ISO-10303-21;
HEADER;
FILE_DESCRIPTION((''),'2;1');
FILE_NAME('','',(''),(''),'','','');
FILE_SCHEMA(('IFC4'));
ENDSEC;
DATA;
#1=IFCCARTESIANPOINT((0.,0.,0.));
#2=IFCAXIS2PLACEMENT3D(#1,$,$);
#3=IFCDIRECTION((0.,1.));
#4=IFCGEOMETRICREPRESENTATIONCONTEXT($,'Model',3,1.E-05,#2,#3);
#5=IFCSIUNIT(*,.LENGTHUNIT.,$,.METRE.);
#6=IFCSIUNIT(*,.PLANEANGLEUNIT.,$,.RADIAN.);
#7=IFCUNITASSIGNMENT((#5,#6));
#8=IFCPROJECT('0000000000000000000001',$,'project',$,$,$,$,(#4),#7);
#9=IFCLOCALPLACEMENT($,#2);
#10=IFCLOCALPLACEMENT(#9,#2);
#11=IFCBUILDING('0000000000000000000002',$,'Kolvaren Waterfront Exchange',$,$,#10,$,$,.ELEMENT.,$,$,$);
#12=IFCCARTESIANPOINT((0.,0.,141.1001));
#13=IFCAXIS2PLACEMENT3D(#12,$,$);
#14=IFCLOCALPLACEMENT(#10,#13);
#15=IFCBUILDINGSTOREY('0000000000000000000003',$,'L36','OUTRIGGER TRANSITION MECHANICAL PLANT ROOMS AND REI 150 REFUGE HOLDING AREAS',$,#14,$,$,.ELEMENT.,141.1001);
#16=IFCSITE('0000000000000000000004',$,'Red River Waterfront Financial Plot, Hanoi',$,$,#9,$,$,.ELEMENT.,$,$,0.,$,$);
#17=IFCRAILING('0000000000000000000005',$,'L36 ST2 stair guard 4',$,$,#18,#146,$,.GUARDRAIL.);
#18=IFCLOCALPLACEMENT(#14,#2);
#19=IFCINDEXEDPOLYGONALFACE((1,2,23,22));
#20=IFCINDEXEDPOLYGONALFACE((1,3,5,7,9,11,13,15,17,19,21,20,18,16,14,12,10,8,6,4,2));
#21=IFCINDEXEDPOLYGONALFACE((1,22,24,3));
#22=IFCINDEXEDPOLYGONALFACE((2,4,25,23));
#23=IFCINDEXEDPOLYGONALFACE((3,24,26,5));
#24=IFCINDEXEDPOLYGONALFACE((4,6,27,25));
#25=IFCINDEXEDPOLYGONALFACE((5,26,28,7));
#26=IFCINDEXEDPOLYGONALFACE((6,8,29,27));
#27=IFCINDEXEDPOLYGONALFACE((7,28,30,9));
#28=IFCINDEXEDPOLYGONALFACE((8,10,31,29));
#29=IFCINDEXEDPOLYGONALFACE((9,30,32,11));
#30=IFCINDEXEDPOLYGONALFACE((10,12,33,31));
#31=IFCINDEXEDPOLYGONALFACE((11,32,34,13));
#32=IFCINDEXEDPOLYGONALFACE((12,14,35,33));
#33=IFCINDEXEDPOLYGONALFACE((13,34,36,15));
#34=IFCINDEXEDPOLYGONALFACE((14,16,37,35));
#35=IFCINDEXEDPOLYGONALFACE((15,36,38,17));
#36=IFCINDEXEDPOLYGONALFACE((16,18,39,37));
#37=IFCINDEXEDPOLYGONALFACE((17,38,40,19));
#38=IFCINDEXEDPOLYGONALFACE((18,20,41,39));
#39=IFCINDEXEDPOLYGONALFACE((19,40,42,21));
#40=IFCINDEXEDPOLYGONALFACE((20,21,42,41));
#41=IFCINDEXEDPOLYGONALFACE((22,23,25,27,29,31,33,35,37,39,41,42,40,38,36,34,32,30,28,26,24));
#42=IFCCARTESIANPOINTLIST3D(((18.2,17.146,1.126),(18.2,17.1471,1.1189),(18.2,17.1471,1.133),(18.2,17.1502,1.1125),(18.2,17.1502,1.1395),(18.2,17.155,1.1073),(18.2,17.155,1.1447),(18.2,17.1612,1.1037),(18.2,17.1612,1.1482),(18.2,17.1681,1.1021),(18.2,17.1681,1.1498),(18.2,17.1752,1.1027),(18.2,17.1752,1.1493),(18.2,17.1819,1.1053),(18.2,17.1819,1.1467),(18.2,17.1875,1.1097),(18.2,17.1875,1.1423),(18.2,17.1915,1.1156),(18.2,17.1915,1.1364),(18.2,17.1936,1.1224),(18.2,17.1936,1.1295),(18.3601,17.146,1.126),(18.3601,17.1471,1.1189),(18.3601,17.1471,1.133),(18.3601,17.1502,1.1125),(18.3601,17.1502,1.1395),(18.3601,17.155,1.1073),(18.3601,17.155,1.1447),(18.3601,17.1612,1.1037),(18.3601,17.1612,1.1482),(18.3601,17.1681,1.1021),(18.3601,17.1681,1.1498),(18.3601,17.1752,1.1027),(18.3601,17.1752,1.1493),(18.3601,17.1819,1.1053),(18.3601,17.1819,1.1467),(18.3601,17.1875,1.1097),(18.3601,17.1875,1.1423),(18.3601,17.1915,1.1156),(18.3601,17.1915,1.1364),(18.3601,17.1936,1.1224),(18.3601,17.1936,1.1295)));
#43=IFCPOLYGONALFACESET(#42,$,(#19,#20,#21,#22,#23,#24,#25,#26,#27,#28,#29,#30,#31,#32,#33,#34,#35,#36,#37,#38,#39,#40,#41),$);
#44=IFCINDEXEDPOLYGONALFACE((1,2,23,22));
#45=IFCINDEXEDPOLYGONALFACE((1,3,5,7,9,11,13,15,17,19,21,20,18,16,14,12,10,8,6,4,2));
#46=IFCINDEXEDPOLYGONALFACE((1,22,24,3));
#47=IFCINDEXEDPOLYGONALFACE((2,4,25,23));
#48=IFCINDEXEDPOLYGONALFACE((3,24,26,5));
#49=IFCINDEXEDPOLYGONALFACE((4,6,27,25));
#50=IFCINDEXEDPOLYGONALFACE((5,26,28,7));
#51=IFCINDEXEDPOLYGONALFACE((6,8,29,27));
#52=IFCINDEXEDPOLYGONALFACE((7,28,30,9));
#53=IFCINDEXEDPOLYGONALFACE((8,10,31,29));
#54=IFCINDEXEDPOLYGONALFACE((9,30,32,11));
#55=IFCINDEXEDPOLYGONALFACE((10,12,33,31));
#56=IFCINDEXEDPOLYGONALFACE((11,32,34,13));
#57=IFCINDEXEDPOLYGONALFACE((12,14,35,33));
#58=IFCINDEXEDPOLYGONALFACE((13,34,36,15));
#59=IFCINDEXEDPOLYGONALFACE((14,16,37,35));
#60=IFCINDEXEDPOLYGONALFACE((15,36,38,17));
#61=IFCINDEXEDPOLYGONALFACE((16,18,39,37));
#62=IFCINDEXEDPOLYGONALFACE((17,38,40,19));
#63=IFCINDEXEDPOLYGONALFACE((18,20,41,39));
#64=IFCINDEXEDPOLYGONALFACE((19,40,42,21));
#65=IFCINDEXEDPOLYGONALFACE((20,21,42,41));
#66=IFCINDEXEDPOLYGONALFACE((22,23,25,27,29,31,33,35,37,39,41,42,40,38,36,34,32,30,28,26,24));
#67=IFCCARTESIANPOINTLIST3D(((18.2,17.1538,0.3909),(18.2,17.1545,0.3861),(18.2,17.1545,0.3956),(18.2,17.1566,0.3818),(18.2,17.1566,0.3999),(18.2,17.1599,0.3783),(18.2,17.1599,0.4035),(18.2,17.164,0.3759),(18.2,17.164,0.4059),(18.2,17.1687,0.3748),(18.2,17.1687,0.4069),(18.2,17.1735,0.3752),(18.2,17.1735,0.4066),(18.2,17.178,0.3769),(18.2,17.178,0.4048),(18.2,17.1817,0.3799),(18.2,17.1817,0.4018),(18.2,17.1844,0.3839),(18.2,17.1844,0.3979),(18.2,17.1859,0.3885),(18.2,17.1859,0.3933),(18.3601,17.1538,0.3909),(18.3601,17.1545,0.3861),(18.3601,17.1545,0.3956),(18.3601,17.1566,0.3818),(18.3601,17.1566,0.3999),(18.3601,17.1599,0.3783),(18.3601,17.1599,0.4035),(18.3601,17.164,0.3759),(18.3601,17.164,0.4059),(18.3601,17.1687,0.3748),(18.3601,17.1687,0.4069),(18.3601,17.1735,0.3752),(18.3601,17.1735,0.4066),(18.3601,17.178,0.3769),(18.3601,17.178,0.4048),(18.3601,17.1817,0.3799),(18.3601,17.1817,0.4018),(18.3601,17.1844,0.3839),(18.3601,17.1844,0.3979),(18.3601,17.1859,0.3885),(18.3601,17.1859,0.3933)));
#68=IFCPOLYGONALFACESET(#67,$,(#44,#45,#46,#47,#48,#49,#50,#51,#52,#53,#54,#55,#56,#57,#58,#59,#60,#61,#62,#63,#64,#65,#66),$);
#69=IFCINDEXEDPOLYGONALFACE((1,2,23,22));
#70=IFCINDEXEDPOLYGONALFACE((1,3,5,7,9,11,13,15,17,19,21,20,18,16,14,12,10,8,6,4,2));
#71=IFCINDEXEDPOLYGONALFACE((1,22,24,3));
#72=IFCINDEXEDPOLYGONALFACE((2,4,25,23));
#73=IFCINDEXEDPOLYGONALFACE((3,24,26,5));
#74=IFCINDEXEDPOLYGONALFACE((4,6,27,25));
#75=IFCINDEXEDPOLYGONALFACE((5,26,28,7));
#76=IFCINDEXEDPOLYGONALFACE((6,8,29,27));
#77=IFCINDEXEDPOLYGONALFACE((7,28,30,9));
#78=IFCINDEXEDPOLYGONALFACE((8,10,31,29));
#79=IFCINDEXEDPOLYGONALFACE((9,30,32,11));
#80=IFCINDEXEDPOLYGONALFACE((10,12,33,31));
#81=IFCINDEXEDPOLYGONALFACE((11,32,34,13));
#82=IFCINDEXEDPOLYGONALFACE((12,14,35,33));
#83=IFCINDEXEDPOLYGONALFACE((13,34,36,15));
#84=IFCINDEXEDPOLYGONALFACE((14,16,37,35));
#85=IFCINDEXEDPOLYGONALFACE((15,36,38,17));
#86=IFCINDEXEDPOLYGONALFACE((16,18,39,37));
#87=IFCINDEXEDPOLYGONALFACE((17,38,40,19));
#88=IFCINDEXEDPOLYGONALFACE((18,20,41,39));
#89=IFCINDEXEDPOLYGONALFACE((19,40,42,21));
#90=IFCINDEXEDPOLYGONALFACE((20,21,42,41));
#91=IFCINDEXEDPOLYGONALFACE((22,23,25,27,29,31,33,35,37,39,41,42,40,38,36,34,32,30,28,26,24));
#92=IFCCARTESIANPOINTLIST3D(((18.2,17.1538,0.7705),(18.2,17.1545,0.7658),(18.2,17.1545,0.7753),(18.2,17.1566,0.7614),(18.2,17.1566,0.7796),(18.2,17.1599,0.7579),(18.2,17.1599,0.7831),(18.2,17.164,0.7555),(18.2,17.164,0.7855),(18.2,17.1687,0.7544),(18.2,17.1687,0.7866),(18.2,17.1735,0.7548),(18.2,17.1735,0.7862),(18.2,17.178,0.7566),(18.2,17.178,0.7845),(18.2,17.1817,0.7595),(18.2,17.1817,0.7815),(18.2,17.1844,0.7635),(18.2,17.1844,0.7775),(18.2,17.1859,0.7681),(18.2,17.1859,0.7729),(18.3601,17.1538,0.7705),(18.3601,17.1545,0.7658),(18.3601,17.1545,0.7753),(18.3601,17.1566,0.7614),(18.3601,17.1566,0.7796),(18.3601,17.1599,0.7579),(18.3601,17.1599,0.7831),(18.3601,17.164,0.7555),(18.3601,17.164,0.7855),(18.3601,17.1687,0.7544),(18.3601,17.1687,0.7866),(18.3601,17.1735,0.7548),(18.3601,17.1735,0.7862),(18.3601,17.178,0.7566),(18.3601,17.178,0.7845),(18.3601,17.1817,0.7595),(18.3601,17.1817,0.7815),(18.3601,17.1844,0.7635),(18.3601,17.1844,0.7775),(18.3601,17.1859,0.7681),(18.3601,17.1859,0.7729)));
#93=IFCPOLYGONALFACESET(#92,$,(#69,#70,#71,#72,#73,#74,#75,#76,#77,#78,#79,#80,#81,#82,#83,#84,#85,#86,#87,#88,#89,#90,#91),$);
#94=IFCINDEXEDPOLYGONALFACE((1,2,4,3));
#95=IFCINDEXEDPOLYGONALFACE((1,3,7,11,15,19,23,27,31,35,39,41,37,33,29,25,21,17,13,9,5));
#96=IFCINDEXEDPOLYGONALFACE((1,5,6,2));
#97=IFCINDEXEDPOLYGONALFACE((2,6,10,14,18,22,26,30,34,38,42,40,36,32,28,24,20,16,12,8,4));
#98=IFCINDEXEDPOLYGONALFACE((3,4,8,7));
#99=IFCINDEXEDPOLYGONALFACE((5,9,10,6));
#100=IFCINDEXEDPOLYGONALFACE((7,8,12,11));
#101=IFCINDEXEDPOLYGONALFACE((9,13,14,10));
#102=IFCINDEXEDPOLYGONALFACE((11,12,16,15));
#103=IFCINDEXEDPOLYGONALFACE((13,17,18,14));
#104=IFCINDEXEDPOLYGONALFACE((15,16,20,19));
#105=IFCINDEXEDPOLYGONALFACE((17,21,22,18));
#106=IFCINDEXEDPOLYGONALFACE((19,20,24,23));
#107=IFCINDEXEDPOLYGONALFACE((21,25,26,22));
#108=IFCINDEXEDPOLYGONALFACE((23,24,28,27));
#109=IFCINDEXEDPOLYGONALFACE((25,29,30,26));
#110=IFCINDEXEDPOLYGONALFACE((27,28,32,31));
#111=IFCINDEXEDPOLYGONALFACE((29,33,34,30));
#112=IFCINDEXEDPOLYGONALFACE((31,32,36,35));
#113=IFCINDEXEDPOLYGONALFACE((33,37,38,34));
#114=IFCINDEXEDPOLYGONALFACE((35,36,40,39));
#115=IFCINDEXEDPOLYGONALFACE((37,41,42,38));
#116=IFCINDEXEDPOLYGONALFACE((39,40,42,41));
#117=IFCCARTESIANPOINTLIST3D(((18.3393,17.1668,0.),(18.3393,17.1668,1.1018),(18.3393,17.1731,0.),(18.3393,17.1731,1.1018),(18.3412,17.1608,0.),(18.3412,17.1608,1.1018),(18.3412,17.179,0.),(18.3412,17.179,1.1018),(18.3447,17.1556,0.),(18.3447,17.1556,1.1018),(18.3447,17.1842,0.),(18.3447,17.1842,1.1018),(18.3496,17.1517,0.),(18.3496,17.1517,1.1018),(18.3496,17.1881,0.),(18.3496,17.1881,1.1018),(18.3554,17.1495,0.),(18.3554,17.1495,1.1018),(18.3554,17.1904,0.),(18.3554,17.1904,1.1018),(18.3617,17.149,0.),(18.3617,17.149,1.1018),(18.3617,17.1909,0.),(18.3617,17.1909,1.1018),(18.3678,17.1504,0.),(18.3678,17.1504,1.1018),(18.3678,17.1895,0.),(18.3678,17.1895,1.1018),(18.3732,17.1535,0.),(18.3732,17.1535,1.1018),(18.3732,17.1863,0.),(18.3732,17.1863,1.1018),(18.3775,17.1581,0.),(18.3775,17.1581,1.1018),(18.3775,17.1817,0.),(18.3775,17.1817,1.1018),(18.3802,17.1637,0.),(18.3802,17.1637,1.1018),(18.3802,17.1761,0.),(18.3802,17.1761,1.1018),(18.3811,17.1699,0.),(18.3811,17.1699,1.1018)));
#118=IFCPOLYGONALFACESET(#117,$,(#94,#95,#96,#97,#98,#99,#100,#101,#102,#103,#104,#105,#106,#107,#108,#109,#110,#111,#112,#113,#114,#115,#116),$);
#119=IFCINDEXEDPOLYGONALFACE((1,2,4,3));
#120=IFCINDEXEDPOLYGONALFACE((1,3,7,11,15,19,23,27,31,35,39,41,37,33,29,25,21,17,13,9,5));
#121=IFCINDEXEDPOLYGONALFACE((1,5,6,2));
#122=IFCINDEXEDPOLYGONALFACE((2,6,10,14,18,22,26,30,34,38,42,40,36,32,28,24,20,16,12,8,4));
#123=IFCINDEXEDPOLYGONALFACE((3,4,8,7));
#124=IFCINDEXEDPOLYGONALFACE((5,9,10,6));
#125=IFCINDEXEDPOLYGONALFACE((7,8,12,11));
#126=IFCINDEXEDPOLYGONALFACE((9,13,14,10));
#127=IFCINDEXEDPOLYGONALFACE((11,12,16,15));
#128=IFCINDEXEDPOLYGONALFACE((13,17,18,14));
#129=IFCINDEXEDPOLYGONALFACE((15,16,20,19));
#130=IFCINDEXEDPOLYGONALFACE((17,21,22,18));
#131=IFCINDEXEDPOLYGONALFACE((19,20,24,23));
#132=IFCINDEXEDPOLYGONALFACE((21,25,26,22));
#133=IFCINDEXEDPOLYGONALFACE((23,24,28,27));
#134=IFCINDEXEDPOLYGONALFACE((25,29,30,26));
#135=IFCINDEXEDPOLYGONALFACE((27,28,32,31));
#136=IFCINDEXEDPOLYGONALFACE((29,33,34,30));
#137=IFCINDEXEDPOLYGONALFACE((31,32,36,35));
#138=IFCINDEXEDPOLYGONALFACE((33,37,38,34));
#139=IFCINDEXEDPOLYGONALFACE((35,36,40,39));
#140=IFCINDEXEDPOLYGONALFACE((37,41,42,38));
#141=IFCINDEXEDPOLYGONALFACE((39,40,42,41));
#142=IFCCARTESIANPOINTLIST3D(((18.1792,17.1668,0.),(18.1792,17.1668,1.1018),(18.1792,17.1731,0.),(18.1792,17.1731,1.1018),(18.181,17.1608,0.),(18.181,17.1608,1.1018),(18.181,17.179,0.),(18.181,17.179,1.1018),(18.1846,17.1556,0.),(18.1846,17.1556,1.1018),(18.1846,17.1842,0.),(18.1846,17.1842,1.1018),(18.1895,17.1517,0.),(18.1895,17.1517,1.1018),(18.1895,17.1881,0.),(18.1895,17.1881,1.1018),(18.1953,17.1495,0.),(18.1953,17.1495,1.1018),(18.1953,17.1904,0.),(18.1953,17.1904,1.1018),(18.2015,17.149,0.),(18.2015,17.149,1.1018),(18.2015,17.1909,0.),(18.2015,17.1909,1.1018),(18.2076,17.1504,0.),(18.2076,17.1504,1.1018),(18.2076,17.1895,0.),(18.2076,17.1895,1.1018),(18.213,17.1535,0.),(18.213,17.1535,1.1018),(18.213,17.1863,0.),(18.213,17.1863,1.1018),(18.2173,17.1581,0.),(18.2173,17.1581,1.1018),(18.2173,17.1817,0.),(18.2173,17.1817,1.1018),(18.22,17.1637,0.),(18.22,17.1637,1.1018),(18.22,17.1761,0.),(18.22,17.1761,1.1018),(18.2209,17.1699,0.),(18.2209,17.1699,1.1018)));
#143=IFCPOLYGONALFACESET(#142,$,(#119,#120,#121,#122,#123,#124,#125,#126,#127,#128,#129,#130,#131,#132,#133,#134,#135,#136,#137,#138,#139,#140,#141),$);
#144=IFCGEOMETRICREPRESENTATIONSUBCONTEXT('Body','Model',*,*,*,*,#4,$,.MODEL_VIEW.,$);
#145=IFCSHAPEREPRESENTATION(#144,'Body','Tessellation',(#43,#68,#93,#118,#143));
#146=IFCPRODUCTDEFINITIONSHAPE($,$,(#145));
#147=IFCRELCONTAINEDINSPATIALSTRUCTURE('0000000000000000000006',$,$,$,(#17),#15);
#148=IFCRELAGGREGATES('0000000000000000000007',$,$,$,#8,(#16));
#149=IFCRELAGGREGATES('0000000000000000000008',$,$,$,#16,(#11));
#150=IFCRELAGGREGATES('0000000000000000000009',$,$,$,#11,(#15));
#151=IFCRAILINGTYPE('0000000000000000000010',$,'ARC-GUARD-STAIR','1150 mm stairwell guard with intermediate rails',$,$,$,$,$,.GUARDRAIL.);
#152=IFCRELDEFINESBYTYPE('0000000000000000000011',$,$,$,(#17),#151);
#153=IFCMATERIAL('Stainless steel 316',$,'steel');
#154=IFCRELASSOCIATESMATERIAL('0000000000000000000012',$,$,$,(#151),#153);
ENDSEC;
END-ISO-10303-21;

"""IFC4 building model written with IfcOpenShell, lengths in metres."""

from ifc_helpers import new_model, si_unit, direction, frame, origin, origin_2d, place, context, subcontext, project, spatial, circle, extrude, material, type_object, element, save


model = new_model("IFC4")

# Units and contexts
model_context = context("Model", 3, precision=1e-05, world=origin(), true_north=direction((0.0, 1.0)))
body_context = subcontext(model_context, "Body", "Model", "MODEL_VIEW")
ifc_project = project(units=[si_unit("LENGTHUNIT", "METRE"), si_unit("PLANEANGLEUNIT", "RADIAN")], contexts=[model_context])

# Site, building, storey
site_placement = place(None, origin())
site = spatial("IfcSite", under=ifc_project, at=site_placement, Name="Red River Waterfront Financial Plot, Hanoi", CompositionType="ELEMENT", RefElevation=0.0)
building_placement = place(site_placement, origin())
building = spatial("IfcBuilding", under=site, at=building_placement, Name="Kolvaren Waterfront Exchange", CompositionType="ELEMENT")
storey_placement = place(building_placement, frame((0.0, 0.0, 141.1001)))
storey = spatial("IfcBuildingStorey", under=building, at=storey_placement, Name="L36", Description="OUTRIGGER TRANSITION MECHANICAL PLANT ROOMS AND REI 150 REFUGE HOLDING AREAS", CompositionType="ELEMENT", Elevation=141.1001)

# Railing
ifc_material_1 = material(Name="Stainless steel 316", Category="steel")
railing_type_1 = type_object("IfcRailingType", Name="ARC-GUARD-STAIR", Description="1150 mm stairwell guard with intermediate rails", PredefinedType="GUARDRAIL", material=ifc_material_1)
railing_1_placement = place(storey_placement, frame((18.3601, 17.1699, 0.0)))
element("IfcRailing", 1, at=railing_1_placement, inside=storey, type_object=railing_type_1, Name="L36 ST2 stair guard 4", PredefinedType="GUARDRAIL", context=body_context, shape_type="SweptSolid", body=[
    extrude(circle(Radius=0.0239, at=origin_2d()), frame((0.0, 0.0, 1.126), z_axis=(-1.0, 0.0, 0.0), x_axis=(0.0, -1.0, 0.0)), (0.0, 0.0, 1.0), 0.1602),
    extrude(circle(Radius=0.0161, at=origin_2d()), frame((0.0, 0.0, 0.3909), z_axis=(-1.0, 0.0, 0.0), x_axis=(0.0, -1.0, 0.0)), (0.0, 0.0, 1.0), 0.1602),
    extrude(circle(Radius=0.0161, at=origin_2d()), frame((0.0, 0.0, 0.7705), z_axis=(-1.0, 0.0, 0.0), x_axis=(0.0, -1.0, 0.0)), (0.0, 0.0, 1.0), 0.1602),
    extrude(circle(Radius=0.021, at=origin_2d()), origin(), (0.0, 0.0, 1.0), 1.1018),
    extrude(circle(Radius=0.021, at=origin_2d()), frame((-0.1602, 0.0, 0.0)), (0.0, 0.0, 1.0), 1.1018),
])

save(model, "model.ifc")
